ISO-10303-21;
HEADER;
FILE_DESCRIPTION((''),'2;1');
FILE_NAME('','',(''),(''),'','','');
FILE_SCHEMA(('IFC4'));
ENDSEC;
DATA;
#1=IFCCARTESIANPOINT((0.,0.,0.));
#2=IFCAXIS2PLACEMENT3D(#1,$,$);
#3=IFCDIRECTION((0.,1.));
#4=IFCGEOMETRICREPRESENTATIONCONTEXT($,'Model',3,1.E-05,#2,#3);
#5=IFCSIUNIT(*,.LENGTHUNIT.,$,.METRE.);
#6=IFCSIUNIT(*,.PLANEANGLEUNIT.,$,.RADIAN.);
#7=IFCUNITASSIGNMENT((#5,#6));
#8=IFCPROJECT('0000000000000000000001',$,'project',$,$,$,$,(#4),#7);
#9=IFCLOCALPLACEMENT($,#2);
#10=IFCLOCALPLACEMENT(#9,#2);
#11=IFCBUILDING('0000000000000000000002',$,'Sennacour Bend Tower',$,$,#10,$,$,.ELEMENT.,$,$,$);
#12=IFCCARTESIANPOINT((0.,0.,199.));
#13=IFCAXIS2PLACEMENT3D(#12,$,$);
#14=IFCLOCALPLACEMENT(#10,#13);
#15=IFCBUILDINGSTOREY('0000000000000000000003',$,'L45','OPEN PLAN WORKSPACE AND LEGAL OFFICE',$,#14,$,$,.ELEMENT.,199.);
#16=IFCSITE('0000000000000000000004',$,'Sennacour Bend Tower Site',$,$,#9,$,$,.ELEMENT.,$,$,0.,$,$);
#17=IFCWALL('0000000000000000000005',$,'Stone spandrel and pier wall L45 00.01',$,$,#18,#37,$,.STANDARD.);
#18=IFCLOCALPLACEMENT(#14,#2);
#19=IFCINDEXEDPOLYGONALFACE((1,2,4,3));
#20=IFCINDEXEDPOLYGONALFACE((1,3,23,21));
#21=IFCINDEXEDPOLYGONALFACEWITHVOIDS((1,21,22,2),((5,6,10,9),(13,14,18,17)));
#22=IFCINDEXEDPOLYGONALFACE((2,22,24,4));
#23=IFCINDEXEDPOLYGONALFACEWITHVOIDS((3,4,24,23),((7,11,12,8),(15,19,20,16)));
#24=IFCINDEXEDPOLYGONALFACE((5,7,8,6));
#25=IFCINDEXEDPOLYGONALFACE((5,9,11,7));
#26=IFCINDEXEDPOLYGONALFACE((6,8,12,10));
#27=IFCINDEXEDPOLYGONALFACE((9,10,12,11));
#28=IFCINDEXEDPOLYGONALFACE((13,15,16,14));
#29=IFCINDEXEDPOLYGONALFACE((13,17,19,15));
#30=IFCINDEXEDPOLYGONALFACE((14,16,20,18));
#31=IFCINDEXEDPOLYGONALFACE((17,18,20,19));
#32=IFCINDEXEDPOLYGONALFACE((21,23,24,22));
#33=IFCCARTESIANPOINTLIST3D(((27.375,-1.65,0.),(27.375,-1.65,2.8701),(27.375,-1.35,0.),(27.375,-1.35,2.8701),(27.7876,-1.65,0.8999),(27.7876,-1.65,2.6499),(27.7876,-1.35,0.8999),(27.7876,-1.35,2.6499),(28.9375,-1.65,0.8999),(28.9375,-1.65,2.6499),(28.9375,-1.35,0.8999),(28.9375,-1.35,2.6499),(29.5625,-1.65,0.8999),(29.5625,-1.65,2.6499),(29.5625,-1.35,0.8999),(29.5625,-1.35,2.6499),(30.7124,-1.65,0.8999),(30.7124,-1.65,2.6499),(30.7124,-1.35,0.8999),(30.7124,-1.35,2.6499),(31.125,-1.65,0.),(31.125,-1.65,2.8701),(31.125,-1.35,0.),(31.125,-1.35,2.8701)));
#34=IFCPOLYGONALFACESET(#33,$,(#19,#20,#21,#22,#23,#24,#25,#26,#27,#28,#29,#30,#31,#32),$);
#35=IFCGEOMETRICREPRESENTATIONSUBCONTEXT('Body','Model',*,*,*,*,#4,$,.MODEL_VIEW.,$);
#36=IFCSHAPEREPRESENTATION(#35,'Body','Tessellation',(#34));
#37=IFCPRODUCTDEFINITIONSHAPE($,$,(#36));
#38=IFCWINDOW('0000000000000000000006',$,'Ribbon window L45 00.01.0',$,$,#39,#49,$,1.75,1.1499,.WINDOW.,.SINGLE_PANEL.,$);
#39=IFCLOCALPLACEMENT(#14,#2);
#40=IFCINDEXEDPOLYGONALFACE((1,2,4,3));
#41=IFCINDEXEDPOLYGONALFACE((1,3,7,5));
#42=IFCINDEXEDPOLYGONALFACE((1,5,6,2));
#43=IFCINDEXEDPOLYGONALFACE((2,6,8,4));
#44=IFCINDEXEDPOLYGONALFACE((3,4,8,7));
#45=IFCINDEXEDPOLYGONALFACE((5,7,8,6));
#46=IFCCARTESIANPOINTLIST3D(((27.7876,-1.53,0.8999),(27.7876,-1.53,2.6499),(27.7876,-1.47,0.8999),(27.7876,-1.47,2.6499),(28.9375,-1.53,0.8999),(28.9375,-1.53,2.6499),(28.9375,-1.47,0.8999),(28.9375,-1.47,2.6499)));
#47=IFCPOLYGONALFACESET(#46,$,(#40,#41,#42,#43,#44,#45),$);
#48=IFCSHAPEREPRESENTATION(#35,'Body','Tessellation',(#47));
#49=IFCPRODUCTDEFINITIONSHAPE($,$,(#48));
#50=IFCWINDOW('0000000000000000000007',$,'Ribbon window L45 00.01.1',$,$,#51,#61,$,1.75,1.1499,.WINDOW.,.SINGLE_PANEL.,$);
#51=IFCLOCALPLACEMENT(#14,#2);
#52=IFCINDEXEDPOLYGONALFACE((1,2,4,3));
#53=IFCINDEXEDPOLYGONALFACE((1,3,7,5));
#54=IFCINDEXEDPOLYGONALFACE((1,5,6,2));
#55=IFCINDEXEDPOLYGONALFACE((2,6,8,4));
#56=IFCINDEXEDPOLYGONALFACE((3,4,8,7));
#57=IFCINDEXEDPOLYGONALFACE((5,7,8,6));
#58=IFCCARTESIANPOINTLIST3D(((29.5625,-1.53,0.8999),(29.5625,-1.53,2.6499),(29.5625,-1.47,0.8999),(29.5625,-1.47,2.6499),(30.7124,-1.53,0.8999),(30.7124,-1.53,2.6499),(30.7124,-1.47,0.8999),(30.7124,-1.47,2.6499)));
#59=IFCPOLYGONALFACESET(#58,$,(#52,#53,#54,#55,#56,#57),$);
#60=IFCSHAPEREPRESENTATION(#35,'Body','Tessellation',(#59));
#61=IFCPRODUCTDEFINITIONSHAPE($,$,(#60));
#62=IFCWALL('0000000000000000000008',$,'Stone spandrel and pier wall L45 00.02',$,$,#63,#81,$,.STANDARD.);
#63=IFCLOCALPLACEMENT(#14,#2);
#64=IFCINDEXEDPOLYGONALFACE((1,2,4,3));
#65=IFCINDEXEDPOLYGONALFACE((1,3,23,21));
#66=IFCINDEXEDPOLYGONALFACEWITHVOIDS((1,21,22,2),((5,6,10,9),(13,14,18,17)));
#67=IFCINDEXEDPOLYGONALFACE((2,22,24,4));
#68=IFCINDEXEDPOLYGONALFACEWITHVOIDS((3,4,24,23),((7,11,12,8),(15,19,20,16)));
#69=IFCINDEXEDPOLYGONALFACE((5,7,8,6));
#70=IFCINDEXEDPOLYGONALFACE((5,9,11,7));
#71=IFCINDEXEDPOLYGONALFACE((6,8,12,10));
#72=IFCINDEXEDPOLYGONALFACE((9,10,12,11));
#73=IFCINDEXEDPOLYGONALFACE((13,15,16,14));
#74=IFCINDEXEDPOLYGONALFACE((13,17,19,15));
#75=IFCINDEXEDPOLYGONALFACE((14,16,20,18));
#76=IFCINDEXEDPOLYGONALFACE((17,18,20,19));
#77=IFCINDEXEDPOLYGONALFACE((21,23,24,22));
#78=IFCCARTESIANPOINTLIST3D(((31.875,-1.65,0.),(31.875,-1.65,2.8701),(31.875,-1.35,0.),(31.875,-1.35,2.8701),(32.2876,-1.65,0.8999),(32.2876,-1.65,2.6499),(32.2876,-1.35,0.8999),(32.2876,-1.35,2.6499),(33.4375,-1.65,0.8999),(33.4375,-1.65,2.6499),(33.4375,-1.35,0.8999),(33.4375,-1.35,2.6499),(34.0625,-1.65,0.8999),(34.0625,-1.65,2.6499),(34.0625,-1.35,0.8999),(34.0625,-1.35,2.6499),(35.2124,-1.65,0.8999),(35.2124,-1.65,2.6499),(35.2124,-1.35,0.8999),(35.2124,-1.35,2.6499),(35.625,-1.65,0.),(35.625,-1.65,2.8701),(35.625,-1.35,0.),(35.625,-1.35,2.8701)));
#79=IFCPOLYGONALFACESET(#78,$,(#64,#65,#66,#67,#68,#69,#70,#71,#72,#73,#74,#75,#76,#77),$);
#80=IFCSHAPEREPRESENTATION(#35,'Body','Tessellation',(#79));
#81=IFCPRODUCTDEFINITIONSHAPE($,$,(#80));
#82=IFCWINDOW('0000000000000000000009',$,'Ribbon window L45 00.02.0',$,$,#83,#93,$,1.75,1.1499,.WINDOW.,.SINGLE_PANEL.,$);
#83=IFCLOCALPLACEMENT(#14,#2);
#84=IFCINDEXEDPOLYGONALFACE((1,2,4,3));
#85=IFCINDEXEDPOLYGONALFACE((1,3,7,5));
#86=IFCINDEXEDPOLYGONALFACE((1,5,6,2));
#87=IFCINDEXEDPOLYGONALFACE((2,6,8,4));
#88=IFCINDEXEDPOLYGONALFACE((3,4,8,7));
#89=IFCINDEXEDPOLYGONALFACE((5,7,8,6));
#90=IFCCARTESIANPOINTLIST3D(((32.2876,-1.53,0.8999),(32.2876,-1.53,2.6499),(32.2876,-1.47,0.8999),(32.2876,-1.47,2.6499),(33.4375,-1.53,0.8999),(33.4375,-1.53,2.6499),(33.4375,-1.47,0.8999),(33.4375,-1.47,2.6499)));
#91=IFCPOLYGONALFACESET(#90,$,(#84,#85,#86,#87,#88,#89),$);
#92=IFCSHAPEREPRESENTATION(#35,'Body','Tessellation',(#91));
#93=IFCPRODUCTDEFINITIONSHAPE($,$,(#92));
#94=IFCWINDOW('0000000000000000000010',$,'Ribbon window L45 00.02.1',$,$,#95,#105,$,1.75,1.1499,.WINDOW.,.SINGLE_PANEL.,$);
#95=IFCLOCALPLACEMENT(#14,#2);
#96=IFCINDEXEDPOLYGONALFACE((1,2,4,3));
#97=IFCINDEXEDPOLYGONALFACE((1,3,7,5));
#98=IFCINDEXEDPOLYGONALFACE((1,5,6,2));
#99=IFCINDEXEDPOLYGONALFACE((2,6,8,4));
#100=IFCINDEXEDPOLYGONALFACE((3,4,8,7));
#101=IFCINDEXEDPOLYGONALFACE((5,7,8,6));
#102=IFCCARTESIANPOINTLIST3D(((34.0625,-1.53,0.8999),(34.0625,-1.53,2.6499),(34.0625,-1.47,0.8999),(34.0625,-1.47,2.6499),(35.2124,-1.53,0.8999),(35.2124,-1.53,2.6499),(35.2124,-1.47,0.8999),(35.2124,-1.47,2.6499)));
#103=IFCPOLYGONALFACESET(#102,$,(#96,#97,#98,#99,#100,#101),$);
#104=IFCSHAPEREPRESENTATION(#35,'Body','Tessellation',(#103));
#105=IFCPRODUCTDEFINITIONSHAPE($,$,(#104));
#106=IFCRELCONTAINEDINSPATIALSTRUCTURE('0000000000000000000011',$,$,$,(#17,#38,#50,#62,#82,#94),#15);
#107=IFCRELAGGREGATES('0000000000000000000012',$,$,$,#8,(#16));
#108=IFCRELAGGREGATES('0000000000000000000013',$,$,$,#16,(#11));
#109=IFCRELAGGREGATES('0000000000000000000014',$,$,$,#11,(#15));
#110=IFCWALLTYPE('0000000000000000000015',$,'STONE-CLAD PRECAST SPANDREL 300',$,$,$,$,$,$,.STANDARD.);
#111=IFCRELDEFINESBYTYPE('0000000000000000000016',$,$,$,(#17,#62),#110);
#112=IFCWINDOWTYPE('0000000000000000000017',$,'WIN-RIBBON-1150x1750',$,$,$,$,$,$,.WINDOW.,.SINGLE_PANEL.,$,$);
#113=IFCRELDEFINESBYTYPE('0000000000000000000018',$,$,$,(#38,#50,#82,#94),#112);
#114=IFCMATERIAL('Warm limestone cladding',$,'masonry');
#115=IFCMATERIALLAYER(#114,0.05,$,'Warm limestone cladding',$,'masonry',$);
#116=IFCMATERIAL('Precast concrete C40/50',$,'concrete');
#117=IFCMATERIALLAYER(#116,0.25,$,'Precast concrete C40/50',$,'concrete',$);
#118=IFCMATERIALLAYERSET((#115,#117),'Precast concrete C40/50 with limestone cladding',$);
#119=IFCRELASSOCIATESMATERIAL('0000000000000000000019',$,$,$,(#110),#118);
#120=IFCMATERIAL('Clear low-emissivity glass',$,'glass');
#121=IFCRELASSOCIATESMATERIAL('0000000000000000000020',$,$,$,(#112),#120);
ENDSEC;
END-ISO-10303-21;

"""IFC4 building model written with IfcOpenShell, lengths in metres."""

from ifc_helpers import new_model, si_unit, direction, frame, frame_2d, origin, place, context, subcontext, project, spatial, rectangle, extrude, material, layer, layer_set, type_object, element, fill, save


model = new_model("IFC4")

# Units and contexts
model_context = context("Model", 3, precision=1e-05, world=origin(), true_north=direction((0.0, 1.0)))
body_context = subcontext(model_context, "Body", "Model", "MODEL_VIEW")
ifc_project = project(units=[si_unit("LENGTHUNIT", "METRE"), si_unit("PLANEANGLEUNIT", "RADIAN")], contexts=[model_context])

# Site, building, storey
site_placement = place(None, origin())
site = spatial("IfcSite", under=ifc_project, at=site_placement, Name="Sennacour Bend Tower Site", CompositionType="ELEMENT", RefElevation=0.0)
building_placement = place(site_placement, origin())
building = spatial("IfcBuilding", under=site, at=building_placement, Name="Sennacour Bend Tower", CompositionType="ELEMENT")
storey_placement = place(building_placement, frame((0.0, 0.0, 199.0)))
storey = spatial("IfcBuildingStorey", under=building, at=storey_placement, Name="L45", Description="OPEN PLAN WORKSPACE AND LEGAL OFFICE", CompositionType="ELEMENT", Elevation=199.0)

# Walls, openings, windows
ifc_material_1 = material(Name="Warm limestone cladding", Category="masonry")
ifc_layer_1 = layer(ifc_material_1, 0.05, Name="Warm limestone cladding", Category="masonry")
ifc_material_2 = material(Name="Precast concrete C40/50", Category="concrete")
ifc_layer_2 = layer(ifc_material_2, 0.25, Name="Precast concrete C40/50", Category="concrete")
ifc_layer_set_1 = layer_set([ifc_layer_1, ifc_layer_2], Name="Precast concrete C40/50 with limestone cladding")
wall_type_1 = type_object("IfcWallType", Name="STONE-CLAD PRECAST SPANDREL 300", PredefinedType="STANDARD", material=ifc_layer_set_1)
wall_1_placement = place(storey_placement, frame((27.375, -1.5, 0.0), z_axis=(0.0, 0.0, 1.0), x_axis=(1.0, 0.0, 0.0)))
wall_1 = element("IfcWall", 1, at=wall_1_placement, inside=storey, type_object=wall_type_1, Name="Stone spandrel and pier wall L45 00.01", PredefinedType="STANDARD", context=body_context, shape_type="SweptSolid", body=[
    extrude(rectangle(XDim=3.75, YDim=0.3, at=frame_2d((1.875, 0.0))), origin(), (0.0, 0.0, 1.0), 2.8701),
])
opening_1_placement = place(wall_1_placement, frame((0.4126, 0.0, 0.8999)))
opening_1 = element("IfcOpeningElement", 2, at=opening_1_placement, cuts=wall_1, PredefinedType="OPENING", context=body_context, shape_type="SweptSolid", body=[
    extrude(rectangle(XDim=1.1499, YDim=1.75, at=frame_2d((0.575, 0.875))), frame((0.0, 0.1602, 0.0), z_axis=(0.0, -1.0, 0.0), x_axis=(1.0, 0.0, 0.0)), (0.0, 0.0, 1.0), 0.3201),
])
opening_2_placement = place(wall_1_placement, frame((2.1875, 0.0, 0.8999)))
opening_2 = element("IfcOpeningElement", 3, at=opening_2_placement, cuts=wall_1, PredefinedType="OPENING", context=body_context, shape_type="SweptSolid", body=[
    extrude(rectangle(XDim=1.1499, YDim=1.75, at=frame_2d((0.575, 0.875))), frame((0.0, 0.1602, 0.0), z_axis=(0.0, -1.0, 0.0), x_axis=(1.0, 0.0, 0.0)), (0.0, 0.0, 1.0), 0.3201),
])
ifc_material_3 = material(Name="Clear low-emissivity glass", Category="glass")
window_type = type_object("IfcWindowType", Name="WIN-RIBBON-1150x1750", PartitioningType="SINGLE_PANEL", PredefinedType="WINDOW", material=ifc_material_3)
window_1_placement = place(opening_1_placement, origin())
window_1 = element("IfcWindow", 4, at=window_1_placement, inside=storey, type_object=window_type, Name="Ribbon window L45 00.01.0", OverallHeight=1.75, OverallWidth=1.1499, PartitioningType="SINGLE_PANEL", PredefinedType="WINDOW", context=body_context, shape_type="SweptSolid", body=[
    extrude(rectangle(XDim=1.1499, YDim=1.75, at=frame_2d((0.575, 0.875))), frame((0.0, 0.03, 0.0), z_axis=(0.0, -1.0, 0.0), x_axis=(1.0, 0.0, 0.0)), (0.0, 0.0, 1.0), 0.0601),
])
fill(opening_1, window_1)
window_2_placement = place(opening_2_placement, origin())
window_2 = element("IfcWindow", 5, at=window_2_placement, inside=storey, type_object=window_type, Name="Ribbon window L45 00.01.1", OverallHeight=1.75, OverallWidth=1.1499, PartitioningType="SINGLE_PANEL", PredefinedType="WINDOW", context=body_context, shape_type="SweptSolid", body=[
    extrude(rectangle(XDim=1.1499, YDim=1.75, at=frame_2d((0.575, 0.875))), frame((0.0, 0.03, 0.0), z_axis=(0.0, -1.0, 0.0), x_axis=(1.0, 0.0, 0.0)), (0.0, 0.0, 1.0), 0.0601),
])
fill(opening_2, window_2)
wall_2_placement = place(storey_placement, frame((31.875, -1.5, 0.0), z_axis=(0.0, 0.0, 1.0), x_axis=(1.0, 0.0, 0.0)))
wall_2 = element("IfcWall", 6, at=wall_2_placement, inside=storey, type_object=wall_type_1, Name="Stone spandrel and pier wall L45 00.02", PredefinedType="STANDARD", context=body_context, shape_type="SweptSolid", body=[
    extrude(rectangle(XDim=3.75, YDim=0.3, at=frame_2d((1.875, 0.0))), origin(), (0.0, 0.0, 1.0), 2.8701),
])
opening_3_placement = place(wall_2_placement, frame((0.4126, 0.0, 0.8999)))
opening_3 = element("IfcOpeningElement", 7, at=opening_3_placement, cuts=wall_2, PredefinedType="OPENING", context=body_context, shape_type="SweptSolid", body=[
    extrude(rectangle(XDim=1.1499, YDim=1.75, at=frame_2d((0.575, 0.875))), frame((0.0, 0.1602, 0.0), z_axis=(0.0, -1.0, 0.0), x_axis=(1.0, 0.0, 0.0)), (0.0, 0.0, 1.0), 0.3201),
])
opening_4_placement = place(wall_2_placement, frame((2.1875, 0.0, 0.8999)))
opening_4 = element("IfcOpeningElement", 8, at=opening_4_placement, cuts=wall_2, PredefinedType="OPENING", context=body_context, shape_type="SweptSolid", body=[
    extrude(rectangle(XDim=1.1499, YDim=1.75, at=frame_2d((0.575, 0.875))), frame((0.0, 0.1602, 0.0), z_axis=(0.0, -1.0, 0.0), x_axis=(1.0, 0.0, 0.0)), (0.0, 0.0, 1.0), 0.3201),
])
window_3_placement = place(opening_3_placement, origin())
window_3 = element("IfcWindow", 9, at=window_3_placement, inside=storey, type_object=window_type, Name="Ribbon window L45 00.02.0", OverallHeight=1.75, OverallWidth=1.1499, PartitioningType="SINGLE_PANEL", PredefinedType="WINDOW", context=body_context, shape_type="SweptSolid", body=[
    extrude(rectangle(XDim=1.1499, YDim=1.75, at=frame_2d((0.575, 0.875))), frame((0.0, 0.03, 0.0), z_axis=(0.0, -1.0, 0.0), x_axis=(1.0, 0.0, 0.0)), (0.0, 0.0, 1.0), 0.0601),
])
fill(opening_3, window_3)
window_4_placement = place(opening_4_placement, origin())
window_4 = element("IfcWindow", 10, at=window_4_placement, inside=storey, type_object=window_type, Name="Ribbon window L45 00.02.1", OverallHeight=1.75, OverallWidth=1.1499, PartitioningType="SINGLE_PANEL", PredefinedType="WINDOW", context=body_context, shape_type="SweptSolid", body=[
    extrude(rectangle(XDim=1.1499, YDim=1.75, at=frame_2d((0.575, 0.875))), frame((0.0, 0.03, 0.0), z_axis=(0.0, -1.0, 0.0), x_axis=(1.0, 0.0, 0.0)), (0.0, 0.0, 1.0), 0.0601),
])
fill(opening_4, window_4)

save(model, "model.ifc")
